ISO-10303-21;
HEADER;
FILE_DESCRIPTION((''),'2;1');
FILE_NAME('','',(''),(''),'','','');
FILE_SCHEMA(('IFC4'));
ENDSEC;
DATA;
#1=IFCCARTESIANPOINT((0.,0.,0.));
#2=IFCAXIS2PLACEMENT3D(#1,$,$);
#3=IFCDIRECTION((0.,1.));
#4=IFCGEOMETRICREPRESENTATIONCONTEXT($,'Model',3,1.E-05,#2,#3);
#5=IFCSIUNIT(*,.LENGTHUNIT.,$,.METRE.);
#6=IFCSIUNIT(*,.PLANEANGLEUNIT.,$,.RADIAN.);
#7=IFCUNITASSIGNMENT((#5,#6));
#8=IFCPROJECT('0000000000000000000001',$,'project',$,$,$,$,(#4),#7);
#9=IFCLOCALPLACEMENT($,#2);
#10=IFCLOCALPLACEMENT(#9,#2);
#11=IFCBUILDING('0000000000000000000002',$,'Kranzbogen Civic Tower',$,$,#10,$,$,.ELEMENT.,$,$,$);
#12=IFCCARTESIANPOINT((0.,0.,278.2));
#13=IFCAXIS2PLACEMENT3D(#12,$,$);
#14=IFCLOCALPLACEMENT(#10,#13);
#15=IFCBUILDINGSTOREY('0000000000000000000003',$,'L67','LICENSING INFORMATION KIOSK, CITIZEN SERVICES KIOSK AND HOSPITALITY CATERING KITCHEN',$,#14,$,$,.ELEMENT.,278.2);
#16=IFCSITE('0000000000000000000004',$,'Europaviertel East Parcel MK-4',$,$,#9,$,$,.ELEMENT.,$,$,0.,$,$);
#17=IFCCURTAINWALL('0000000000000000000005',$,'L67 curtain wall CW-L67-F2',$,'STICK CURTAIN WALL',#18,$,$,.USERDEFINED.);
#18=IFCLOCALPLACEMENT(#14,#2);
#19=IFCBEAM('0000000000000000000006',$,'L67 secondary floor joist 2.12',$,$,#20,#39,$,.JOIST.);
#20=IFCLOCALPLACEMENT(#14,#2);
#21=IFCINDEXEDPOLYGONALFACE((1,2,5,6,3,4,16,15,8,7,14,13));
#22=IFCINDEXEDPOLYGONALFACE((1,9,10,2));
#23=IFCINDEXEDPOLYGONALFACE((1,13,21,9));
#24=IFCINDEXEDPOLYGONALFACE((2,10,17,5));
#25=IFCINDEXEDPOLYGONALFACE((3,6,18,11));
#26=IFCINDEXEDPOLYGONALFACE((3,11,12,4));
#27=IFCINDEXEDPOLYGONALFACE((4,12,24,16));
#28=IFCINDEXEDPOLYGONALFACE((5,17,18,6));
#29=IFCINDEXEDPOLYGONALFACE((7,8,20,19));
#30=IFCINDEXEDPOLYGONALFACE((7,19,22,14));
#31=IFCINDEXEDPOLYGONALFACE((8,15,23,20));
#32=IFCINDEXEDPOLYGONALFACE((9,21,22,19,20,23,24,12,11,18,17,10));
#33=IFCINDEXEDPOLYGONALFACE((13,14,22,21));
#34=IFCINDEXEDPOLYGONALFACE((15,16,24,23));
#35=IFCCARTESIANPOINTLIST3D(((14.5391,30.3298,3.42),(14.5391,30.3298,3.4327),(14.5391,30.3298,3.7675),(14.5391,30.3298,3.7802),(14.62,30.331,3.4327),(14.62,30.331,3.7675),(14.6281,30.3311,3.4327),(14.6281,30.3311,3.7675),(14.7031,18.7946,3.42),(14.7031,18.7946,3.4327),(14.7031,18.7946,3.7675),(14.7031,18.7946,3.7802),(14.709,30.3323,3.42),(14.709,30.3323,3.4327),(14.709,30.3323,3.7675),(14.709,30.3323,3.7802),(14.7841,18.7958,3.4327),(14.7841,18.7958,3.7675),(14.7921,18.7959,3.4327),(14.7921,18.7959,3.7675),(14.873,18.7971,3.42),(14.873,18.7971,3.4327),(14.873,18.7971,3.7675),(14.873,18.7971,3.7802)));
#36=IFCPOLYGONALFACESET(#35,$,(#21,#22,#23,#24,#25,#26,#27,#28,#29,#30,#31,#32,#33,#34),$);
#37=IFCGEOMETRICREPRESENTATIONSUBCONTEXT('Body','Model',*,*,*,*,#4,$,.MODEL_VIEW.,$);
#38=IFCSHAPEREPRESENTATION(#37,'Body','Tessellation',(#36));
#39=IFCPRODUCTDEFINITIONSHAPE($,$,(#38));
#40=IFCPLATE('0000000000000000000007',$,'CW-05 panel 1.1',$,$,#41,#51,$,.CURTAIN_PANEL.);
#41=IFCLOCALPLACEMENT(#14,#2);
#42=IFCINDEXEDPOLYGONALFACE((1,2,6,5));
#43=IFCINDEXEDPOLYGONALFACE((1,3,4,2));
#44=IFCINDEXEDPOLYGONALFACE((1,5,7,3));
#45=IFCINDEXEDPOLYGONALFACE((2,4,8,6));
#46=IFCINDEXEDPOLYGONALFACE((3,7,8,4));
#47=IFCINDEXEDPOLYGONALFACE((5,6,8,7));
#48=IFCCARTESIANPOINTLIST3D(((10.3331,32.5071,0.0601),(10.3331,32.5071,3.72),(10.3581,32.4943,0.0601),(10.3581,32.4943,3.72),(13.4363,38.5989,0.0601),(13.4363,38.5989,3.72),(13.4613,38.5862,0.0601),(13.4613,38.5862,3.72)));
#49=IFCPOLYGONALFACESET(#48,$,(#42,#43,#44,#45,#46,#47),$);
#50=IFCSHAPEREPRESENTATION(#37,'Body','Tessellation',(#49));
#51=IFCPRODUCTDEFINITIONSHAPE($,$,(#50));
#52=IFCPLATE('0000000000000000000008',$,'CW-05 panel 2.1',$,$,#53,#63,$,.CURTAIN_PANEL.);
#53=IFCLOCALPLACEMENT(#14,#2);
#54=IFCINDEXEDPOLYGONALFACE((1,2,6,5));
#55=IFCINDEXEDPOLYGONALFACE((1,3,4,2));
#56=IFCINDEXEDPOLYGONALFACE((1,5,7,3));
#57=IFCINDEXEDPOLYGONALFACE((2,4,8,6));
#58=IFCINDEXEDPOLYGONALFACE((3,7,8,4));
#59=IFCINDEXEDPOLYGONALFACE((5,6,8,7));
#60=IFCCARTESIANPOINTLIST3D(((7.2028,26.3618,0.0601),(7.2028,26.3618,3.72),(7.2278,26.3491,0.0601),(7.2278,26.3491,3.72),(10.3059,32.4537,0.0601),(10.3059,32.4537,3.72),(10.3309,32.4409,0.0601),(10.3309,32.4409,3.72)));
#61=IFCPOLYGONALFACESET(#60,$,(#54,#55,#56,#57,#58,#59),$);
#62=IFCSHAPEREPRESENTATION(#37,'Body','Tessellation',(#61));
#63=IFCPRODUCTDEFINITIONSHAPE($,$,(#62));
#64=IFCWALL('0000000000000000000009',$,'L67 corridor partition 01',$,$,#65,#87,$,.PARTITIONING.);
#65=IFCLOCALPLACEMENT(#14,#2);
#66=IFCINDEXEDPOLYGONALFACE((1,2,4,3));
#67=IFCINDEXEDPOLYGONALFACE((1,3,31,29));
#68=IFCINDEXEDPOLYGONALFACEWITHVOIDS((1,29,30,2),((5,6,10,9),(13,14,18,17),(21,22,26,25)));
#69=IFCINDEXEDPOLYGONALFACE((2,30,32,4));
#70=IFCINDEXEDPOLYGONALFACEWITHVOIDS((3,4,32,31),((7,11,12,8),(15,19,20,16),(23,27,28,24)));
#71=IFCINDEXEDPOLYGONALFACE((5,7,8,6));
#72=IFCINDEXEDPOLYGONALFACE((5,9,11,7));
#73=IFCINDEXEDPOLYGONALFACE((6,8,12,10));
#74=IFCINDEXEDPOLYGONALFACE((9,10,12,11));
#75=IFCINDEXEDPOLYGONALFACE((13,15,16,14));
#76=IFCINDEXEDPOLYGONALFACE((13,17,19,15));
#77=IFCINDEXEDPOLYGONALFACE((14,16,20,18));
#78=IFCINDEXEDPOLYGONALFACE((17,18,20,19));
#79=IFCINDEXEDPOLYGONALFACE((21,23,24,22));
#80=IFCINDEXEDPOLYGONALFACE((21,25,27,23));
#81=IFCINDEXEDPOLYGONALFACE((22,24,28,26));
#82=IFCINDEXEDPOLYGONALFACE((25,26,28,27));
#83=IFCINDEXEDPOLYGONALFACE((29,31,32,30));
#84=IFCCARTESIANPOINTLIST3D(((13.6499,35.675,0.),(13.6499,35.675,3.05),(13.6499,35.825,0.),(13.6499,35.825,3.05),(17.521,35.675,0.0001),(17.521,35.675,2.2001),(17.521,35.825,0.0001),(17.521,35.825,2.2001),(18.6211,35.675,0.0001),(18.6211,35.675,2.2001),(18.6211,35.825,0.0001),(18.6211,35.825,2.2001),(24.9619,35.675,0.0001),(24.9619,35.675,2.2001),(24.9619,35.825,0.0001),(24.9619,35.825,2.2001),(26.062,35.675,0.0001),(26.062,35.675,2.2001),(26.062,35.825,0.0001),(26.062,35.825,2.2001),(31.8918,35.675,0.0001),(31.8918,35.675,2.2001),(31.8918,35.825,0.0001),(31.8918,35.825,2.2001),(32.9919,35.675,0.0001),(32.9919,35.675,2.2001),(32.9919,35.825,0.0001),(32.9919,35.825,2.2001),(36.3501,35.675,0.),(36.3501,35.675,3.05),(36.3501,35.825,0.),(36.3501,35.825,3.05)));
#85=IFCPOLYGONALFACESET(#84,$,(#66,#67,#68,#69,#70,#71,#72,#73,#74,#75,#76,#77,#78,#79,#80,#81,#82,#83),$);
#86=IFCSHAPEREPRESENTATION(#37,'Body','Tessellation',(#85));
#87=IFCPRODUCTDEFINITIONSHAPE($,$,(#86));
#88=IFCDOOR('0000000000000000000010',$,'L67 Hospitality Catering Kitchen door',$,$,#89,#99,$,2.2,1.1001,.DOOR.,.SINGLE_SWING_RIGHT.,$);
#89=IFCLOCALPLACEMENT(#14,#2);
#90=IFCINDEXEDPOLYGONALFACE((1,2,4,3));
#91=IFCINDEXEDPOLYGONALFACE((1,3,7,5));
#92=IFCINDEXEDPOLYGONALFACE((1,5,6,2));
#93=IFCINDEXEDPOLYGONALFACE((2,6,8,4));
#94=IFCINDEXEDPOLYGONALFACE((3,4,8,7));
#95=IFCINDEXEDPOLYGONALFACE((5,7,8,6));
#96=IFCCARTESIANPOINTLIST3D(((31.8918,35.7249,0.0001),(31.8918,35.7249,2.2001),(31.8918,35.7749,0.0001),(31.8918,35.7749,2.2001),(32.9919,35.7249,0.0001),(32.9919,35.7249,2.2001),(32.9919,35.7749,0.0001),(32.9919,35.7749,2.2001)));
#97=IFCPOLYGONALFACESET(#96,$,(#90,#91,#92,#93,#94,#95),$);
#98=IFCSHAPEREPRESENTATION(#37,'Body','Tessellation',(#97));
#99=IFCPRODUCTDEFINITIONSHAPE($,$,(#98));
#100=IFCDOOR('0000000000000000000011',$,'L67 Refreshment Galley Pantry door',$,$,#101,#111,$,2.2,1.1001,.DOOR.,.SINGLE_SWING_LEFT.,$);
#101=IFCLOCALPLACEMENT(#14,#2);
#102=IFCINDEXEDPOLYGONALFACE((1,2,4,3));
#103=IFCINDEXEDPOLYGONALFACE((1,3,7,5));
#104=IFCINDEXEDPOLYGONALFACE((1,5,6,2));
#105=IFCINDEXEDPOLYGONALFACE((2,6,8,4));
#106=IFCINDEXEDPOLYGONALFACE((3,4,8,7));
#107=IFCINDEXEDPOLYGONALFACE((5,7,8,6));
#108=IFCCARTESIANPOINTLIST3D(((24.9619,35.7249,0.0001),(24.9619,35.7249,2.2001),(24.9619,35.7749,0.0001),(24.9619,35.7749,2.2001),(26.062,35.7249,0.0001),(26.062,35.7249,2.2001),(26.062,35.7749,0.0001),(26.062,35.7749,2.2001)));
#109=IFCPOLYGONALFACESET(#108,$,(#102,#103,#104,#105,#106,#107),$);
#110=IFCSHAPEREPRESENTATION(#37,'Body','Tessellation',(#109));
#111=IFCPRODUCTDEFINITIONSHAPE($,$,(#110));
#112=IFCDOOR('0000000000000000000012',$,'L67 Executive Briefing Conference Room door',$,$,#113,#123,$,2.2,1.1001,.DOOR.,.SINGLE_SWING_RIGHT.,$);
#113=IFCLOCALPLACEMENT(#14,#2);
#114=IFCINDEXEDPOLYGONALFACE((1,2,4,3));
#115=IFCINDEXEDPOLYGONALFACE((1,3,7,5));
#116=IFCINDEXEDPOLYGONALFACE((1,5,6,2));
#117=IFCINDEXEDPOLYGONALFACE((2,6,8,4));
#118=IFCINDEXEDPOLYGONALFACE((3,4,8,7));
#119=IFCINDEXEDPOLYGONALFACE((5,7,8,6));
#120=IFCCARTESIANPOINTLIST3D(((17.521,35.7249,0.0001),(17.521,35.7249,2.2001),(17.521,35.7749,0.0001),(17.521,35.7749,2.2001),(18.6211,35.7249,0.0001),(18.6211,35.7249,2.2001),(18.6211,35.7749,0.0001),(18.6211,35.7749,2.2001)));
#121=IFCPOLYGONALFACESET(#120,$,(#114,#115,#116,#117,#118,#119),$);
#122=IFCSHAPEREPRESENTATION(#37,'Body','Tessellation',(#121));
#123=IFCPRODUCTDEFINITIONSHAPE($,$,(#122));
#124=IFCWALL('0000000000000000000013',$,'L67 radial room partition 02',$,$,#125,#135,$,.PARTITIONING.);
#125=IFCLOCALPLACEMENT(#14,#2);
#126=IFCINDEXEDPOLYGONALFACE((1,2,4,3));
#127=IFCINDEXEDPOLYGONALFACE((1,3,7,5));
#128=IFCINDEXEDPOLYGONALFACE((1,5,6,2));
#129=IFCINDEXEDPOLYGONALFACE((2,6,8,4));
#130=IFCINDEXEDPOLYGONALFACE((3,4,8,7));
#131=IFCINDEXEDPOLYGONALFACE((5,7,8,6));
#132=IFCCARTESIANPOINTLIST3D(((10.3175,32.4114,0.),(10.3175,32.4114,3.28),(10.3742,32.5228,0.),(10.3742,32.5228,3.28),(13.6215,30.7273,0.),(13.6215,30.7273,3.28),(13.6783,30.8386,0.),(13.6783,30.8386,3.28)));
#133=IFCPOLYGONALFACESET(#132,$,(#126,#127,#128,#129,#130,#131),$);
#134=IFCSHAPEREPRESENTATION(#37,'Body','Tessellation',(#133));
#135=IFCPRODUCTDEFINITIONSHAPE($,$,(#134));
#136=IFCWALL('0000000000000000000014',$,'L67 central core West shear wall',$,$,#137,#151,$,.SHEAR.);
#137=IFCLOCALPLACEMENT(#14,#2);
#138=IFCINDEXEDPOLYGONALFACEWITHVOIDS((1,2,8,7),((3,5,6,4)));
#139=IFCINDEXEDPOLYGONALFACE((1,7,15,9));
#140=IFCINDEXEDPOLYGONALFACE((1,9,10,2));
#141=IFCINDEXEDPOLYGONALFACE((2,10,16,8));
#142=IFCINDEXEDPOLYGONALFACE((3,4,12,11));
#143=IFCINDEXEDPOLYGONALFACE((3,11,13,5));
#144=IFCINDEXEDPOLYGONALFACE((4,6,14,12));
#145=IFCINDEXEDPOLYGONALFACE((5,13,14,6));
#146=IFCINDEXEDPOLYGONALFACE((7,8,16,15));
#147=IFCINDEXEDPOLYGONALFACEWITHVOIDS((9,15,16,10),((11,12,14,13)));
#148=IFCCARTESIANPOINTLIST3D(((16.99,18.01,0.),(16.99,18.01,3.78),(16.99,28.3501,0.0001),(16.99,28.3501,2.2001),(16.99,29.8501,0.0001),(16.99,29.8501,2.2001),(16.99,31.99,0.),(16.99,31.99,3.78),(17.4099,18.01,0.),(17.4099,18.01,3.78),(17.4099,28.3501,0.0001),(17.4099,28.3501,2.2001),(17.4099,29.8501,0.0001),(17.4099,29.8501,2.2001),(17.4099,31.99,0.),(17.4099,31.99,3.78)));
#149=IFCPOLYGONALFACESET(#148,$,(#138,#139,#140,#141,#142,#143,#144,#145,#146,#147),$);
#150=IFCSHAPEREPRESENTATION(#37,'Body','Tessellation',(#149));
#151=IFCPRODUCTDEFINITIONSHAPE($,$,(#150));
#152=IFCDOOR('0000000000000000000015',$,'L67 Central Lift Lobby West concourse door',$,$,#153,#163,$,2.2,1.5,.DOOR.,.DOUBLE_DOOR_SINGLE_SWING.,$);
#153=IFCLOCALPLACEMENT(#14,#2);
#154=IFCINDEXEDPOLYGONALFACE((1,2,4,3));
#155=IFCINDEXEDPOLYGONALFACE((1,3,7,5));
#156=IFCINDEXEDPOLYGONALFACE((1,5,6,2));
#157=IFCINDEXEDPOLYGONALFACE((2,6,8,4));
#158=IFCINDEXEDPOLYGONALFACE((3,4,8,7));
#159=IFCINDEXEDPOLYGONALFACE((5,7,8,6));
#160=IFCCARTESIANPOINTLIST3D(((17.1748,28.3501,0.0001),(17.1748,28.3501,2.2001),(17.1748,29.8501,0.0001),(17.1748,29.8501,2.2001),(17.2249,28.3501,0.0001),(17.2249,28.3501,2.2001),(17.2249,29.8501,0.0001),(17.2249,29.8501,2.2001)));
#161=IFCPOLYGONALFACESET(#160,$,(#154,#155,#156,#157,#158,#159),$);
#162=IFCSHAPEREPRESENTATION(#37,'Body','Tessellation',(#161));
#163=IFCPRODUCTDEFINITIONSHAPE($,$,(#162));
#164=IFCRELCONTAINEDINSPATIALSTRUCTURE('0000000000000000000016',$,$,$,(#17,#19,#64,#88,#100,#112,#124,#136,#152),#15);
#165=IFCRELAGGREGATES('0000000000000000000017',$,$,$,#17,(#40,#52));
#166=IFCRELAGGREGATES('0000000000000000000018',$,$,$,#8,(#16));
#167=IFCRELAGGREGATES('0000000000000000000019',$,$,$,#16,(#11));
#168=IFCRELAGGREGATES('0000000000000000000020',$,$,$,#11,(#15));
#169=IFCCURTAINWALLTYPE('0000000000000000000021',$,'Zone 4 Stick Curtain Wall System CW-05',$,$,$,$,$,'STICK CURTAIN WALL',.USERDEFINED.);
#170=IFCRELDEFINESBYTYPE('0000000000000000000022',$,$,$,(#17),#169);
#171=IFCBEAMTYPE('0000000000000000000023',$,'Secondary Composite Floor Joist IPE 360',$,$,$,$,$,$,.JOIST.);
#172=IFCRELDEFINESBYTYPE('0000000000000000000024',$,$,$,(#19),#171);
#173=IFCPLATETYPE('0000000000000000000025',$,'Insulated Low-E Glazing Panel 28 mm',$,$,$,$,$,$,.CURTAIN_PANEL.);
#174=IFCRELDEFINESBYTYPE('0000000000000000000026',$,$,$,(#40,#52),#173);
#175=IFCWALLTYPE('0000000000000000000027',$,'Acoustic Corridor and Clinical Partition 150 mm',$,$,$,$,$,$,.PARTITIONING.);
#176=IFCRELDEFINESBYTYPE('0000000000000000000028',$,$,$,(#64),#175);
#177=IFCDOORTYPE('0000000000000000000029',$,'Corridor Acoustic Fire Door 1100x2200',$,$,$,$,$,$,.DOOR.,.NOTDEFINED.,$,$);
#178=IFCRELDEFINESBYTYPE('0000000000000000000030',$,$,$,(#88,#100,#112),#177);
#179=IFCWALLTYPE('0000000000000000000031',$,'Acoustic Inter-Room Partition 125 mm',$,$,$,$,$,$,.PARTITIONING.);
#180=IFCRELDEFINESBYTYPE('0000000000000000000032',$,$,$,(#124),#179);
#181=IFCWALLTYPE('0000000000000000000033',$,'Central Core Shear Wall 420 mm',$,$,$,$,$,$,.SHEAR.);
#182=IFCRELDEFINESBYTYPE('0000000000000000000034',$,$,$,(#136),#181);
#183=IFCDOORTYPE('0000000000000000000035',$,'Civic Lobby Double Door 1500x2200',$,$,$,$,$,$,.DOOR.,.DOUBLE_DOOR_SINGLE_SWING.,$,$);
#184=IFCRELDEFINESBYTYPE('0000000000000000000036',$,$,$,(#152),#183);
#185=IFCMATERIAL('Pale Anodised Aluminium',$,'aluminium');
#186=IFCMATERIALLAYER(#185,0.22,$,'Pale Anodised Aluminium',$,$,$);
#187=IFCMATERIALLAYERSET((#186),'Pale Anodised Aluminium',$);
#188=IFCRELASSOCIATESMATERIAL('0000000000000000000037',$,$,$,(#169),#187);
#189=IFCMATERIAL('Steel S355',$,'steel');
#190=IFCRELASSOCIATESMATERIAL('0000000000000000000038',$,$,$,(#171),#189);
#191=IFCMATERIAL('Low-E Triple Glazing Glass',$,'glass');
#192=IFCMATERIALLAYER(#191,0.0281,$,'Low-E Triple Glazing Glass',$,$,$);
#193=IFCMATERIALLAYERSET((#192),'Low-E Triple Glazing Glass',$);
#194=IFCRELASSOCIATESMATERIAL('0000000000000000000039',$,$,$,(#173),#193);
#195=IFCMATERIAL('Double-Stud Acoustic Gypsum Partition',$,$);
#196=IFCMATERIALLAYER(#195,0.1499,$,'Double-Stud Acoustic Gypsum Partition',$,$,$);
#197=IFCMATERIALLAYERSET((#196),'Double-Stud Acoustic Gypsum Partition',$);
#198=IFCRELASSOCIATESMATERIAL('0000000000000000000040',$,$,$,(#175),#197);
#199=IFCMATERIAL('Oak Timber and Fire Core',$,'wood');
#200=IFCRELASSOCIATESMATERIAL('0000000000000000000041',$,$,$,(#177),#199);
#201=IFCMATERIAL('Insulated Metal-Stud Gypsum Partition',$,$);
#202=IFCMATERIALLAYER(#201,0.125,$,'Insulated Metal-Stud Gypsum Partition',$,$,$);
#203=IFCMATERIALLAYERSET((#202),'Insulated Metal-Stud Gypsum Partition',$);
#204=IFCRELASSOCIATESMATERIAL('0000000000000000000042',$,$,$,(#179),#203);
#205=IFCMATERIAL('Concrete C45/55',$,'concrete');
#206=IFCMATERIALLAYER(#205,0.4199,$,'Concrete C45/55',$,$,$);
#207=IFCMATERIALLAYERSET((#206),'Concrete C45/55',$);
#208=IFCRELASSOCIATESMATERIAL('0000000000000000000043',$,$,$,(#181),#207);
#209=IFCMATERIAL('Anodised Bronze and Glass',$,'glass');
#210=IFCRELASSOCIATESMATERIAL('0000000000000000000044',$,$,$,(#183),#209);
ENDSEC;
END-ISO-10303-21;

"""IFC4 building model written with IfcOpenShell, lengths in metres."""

from ifc_helpers import new_model, si_unit, direction, frame, frame_2d, origin, origin_2d, place, context, subcontext, project, spatial, rectangle, i_section, extrude, material, layer, layer_set, material_profile, profile_set, type_object, element, fill, aggregate, save


model = new_model("IFC4")

# Units and contexts
model_context = context("Model", 3, precision=1e-05, world=origin(), true_north=direction((0.0, 1.0)))
body_context = subcontext(model_context, "Body", "Model", "MODEL_VIEW")
ifc_project = project(units=[si_unit("LENGTHUNIT", "METRE"), si_unit("PLANEANGLEUNIT", "RADIAN")], contexts=[model_context])

# Site, building, storey
site_placement = place(None, origin())
site = spatial("IfcSite", under=ifc_project, at=site_placement, Name="Europaviertel East Parcel MK-4", CompositionType="ELEMENT", RefElevation=0.0)
building_placement = place(site_placement, origin())
building = spatial("IfcBuilding", under=site, at=building_placement, Name="Kranzbogen Civic Tower", CompositionType="ELEMENT")
storey_placement = place(building_placement, frame((0.0, 0.0, 278.2)))
storey = spatial("IfcBuildingStorey", under=building, at=storey_placement, Name="L67", Description="LICENSING INFORMATION KIOSK, CITIZEN SERVICES KIOSK AND HOSPITALITY CATERING KITCHEN", CompositionType="ELEMENT", Elevation=278.2)

# Shared definitions
ifc_material_1 = material(Name="Steel S355", Category="steel")

# Shared definitions
ifc_material_2 = material(Name="Pale Anodised Aluminium", Category="aluminium")
ifc_layer_1 = layer(ifc_material_2, 0.22, Name="Pale Anodised Aluminium")
ifc_layer_set_1 = layer_set([ifc_layer_1], Name="Pale Anodised Aluminium")
curtain_wall_type = type_object("IfcCurtainWallType", Name="Zone 4 Stick Curtain Wall System CW-05", ElementType="STICK CURTAIN WALL", PredefinedType="USERDEFINED", material=ifc_layer_set_1)

# Curtain wall
curtain_wall_1_placement = place(storey_placement, origin())
curtain_wall_1 = element("IfcCurtainWall", 1, at=curtain_wall_1_placement, inside=storey, type_object=curtain_wall_type, Name="L67 curtain wall CW-L67-F2", ObjectType="STICK CURTAIN WALL", PredefinedType="USERDEFINED")

# Beam
ifc_material_profile_1 = material_profile(ifc_material_1, i_section(OverallWidth=0.1699, OverallDepth=0.3601, WebThickness=0.0081, FlangeThickness=0.0127, at=origin_2d()), Name="IPE 360")
ifc_profile_set_1 = profile_set([ifc_material_profile_1], Name="Steel S355")
beam_type_1 = type_object("IfcBeamType", Name="Secondary Composite Floor Joist IPE 360", PredefinedType="JOIST", material=ifc_profile_set_1)
beam_1_placement = place(storey_placement, frame((14.624, 30.3311, 3.6001), z_axis=(0.014221, -0.999899, 0.0), x_axis=(0.999899, 0.014221, 0.0)))
element("IfcBeam", 2, at=beam_1_placement, inside=storey, type_object=beam_type_1, Name="L67 secondary floor joist 2.12", PredefinedType="JOIST", context=body_context, shape_type="SweptSolid", body=[
    extrude(i_section(OverallWidth=0.1699, OverallDepth=0.3601, WebThickness=0.0081, FlangeThickness=0.0127, at=origin_2d()), origin(), (0.0, 0.0, 1.0), 11.5364),
])

# Plates
ifc_material_3 = material(Name="Low-E Triple Glazing Glass", Category="glass")
ifc_layer_2 = layer(ifc_material_3, 0.0281, Name="Low-E Triple Glazing Glass")
ifc_layer_set_2 = layer_set([ifc_layer_2], Name="Low-E Triple Glazing Glass")
plate_type = type_object("IfcPlateType", Name="Insulated Low-E Glazing Panel 28 mm", PredefinedType="CURTAIN_PANEL", material=ifc_layer_set_2)
plate_1_placement = place(storey_placement, frame((11.8972, 35.5466, 0.0601), z_axis=(0.0, 0.0, 1.0), x_axis=(-0.4539, -0.891053, 0.0)))
plate_1 = element("IfcPlate", 3, at=plate_1_placement, type_object=plate_type, Name="CW-05 panel 1.1", PredefinedType="CURTAIN_PANEL", context=body_context, shape_type="SweptSolid", body=[
    extrude(rectangle(XDim=6.8367, YDim=0.0281, at=origin_2d()), origin(), (0.0, 0.0, 1.0), 3.6599),
])
plate_2_placement = place(storey_placement, frame((8.7668, 29.4014, 0.0601), z_axis=(0.0, 0.0, 1.0), x_axis=(-0.4539, -0.891053, 0.0)))
plate_2 = element("IfcPlate", 4, at=plate_2_placement, type_object=plate_type, Name="CW-05 panel 2.1", PredefinedType="CURTAIN_PANEL", context=body_context, shape_type="SweptSolid", body=[
    extrude(rectangle(XDim=6.8367, YDim=0.0281, at=origin_2d()), origin(), (0.0, 0.0, 1.0), 3.6599),
])
aggregate(curtain_wall_1, [plate_1, plate_2])

# Wall, openings, doors
ifc_material_4 = material(Name="Double-Stud Acoustic Gypsum Partition")
ifc_layer_3 = layer(ifc_material_4, 0.1499, Name="Double-Stud Acoustic Gypsum Partition")
ifc_layer_set_3 = layer_set([ifc_layer_3], Name="Double-Stud Acoustic Gypsum Partition")
wall_type_1 = type_object("IfcWallType", Name="Acoustic Corridor and Clinical Partition 150 mm", PredefinedType="PARTITIONING", material=ifc_layer_set_3)
wall_1_placement = place(storey_placement, frame((13.6499, 35.75, 0.0), z_axis=(0.0, 0.0, 1.0), x_axis=(1.0, 0.0, 0.0)))
wall_1 = element("IfcWall", 5, at=wall_1_placement, inside=storey, type_object=wall_type_1, Name="L67 corridor partition 01", PredefinedType="PARTITIONING", context=body_context, shape_type="SweptSolid", body=[
    extrude(rectangle(XDim=22.7002, YDim=0.1499, at=frame_2d((11.3501, 0.0))), origin(), (0.0, 0.0, 1.0), 3.05),
])
opening_1_placement = place(wall_1_placement, frame((18.2419, 0.0, 0.0)))
opening_1 = element("IfcOpeningElement", 6, at=opening_1_placement, cuts=wall_1, PredefinedType="OPENING", context=body_context, shape_type="SweptSolid", body=[
    extrude(rectangle(XDim=1.1001, YDim=2.2, at=frame_2d((0.55, 1.1001))), frame((0.0, 0.085, 0.0), z_axis=(0.0, -1.0, 0.0), x_axis=(1.0, 0.0, 0.0)), (0.0, 0.0, 1.0), 0.1699),
])
opening_2_placement = place(wall_1_placement, frame((11.312, 0.0, 0.0)))
opening_2 = element("IfcOpeningElement", 7, at=opening_2_placement, cuts=wall_1, PredefinedType="OPENING", context=body_context, shape_type="SweptSolid", body=[
    extrude(rectangle(XDim=1.1001, YDim=2.2, at=frame_2d((0.55, 1.1001))), frame((0.0, 0.085, 0.0), z_axis=(0.0, -1.0, 0.0), x_axis=(1.0, 0.0, 0.0)), (0.0, 0.0, 1.0), 0.1699),
])
opening_3_placement = place(wall_1_placement, frame((3.8711, 0.0, 0.0)))
opening_3 = element("IfcOpeningElement", 8, at=opening_3_placement, cuts=wall_1, PredefinedType="OPENING", context=body_context, shape_type="SweptSolid", body=[
    extrude(rectangle(XDim=1.1001, YDim=2.2, at=frame_2d((0.55, 1.1001))), frame((0.0, 0.085, 0.0), z_axis=(0.0, -1.0, 0.0), x_axis=(1.0, 0.0, 0.0)), (0.0, 0.0, 1.0), 0.1699),
])
ifc_material_5 = material(Name="Oak Timber and Fire Core", Category="wood")
door_type_1 = type_object("IfcDoorType", Name="Corridor Acoustic Fire Door 1100x2200", OperationType="NOTDEFINED", PredefinedType="DOOR", material=ifc_material_5)
door_1_placement = place(opening_1_placement, origin())
door_1 = element("IfcDoor", 9, at=door_1_placement, inside=storey, type_object=door_type_1, Name="L67 Hospitality Catering Kitchen door", OperationType="SINGLE_SWING_RIGHT", OverallHeight=2.2, OverallWidth=1.1001, PredefinedType="DOOR", context=body_context, shape_type="SweptSolid", body=[
    extrude(rectangle(XDim=1.1001, YDim=2.2, at=frame_2d((0.55, 1.1001))), frame((0.0, 0.0249, 0.0), z_axis=(0.0, -1.0, 0.0), x_axis=(1.0, 0.0, 0.0)), (0.0, 0.0, 1.0), 0.05),
])
fill(opening_1, door_1)
door_2_placement = place(opening_2_placement, origin())
door_2 = element("IfcDoor", 10, at=door_2_placement, inside=storey, type_object=door_type_1, Name="L67 Refreshment Galley Pantry door", OperationType="SINGLE_SWING_LEFT", OverallHeight=2.2, OverallWidth=1.1001, PredefinedType="DOOR", context=body_context, shape_type="SweptSolid", body=[
    extrude(rectangle(XDim=1.1001, YDim=2.2, at=frame_2d((0.55, 1.1001))), frame((0.0, 0.0249, 0.0), z_axis=(0.0, -1.0, 0.0), x_axis=(1.0, 0.0, 0.0)), (0.0, 0.0, 1.0), 0.05),
])
fill(opening_2, door_2)
door_3_placement = place(opening_3_placement, origin())
door_3 = element("IfcDoor", 11, at=door_3_placement, inside=storey, type_object=door_type_1, Name="L67 Executive Briefing Conference Room door", OperationType="SINGLE_SWING_RIGHT", OverallHeight=2.2, OverallWidth=1.1001, PredefinedType="DOOR", context=body_context, shape_type="SweptSolid", body=[
    extrude(rectangle(XDim=1.1001, YDim=2.2, at=frame_2d((0.55, 1.1001))), frame((0.0, 0.0249, 0.0), z_axis=(0.0, -1.0, 0.0), x_axis=(1.0, 0.0, 0.0)), (0.0, 0.0, 1.0), 0.05),
])
fill(opening_3, door_3)

# Wall
ifc_material_6 = material(Name="Insulated Metal-Stud Gypsum Partition")
ifc_layer_4 = layer(ifc_material_6, 0.125, Name="Insulated Metal-Stud Gypsum Partition")
ifc_layer_set_4 = layer_set([ifc_layer_4], Name="Insulated Metal-Stud Gypsum Partition")
wall_type_2 = type_object("IfcWallType", Name="Acoustic Inter-Room Partition 125 mm", PredefinedType="PARTITIONING", material=ifc_layer_set_4)
wall_2_placement = place(storey_placement, frame((13.6499, 30.783, 0.0), z_axis=(0.0, 0.0, 1.0), x_axis=(-0.890937, 0.454126, 0.0)))
element("IfcWall", 12, at=wall_2_placement, inside=storey, type_object=wall_type_2, Name="L67 radial room partition 02", PredefinedType="PARTITIONING", context=body_context, shape_type="SweptSolid", body=[
    extrude(rectangle(XDim=3.7085, YDim=0.125, at=frame_2d((1.8542, 0.0))), origin(), (0.0, 0.0, 1.0), 3.28),
])

# Wall, opening, door
ifc_material_7 = material(Name="Concrete C45/55", Category="concrete")
ifc_layer_5 = layer(ifc_material_7, 0.4199, Name="Concrete C45/55")
ifc_layer_set_5 = layer_set([ifc_layer_5], Name="Concrete C45/55")
wall_type_3 = type_object("IfcWallType", Name="Central Core Shear Wall 420 mm", PredefinedType="SHEAR", material=ifc_layer_set_5)
wall_3_placement = place(storey_placement, frame((17.2, 31.99, 0.0), z_axis=(0.0, 0.0, 1.0), x_axis=(0.0, -1.0, 0.0)))
wall_3 = element("IfcWall", 13, at=wall_3_placement, inside=storey, type_object=wall_type_3, Name="L67 central core West shear wall", PredefinedType="SHEAR", context=body_context, shape_type="SweptSolid", body=[
    extrude(rectangle(XDim=13.98, YDim=0.4199, at=frame_2d((6.99, 0.0))), origin(), (0.0, 0.0, 1.0), 3.78),
])
opening_4_placement = place(wall_3_placement, frame((2.1399, 0.0, 0.0)))
opening_4 = element("IfcOpeningElement", 14, at=opening_4_placement, cuts=wall_3, PredefinedType="OPENING", context=body_context, shape_type="SweptSolid", body=[
    extrude(rectangle(XDim=1.5, YDim=2.2, at=frame_2d((0.75, 1.1001))), frame((0.0, 0.22, 0.0), z_axis=(0.0, -1.0, 0.0), x_axis=(1.0, 0.0, 0.0)), (0.0, 0.0, 1.0), 0.4399),
])
ifc_material_8 = material(Name="Anodised Bronze and Glass", Category="glass")
door_type_2 = type_object("IfcDoorType", Name="Civic Lobby Double Door 1500x2200", OperationType="DOUBLE_DOOR_SINGLE_SWING", PredefinedType="DOOR", material=ifc_material_8)
door_4_placement = place(opening_4_placement, origin())
door_4 = element("IfcDoor", 15, at=door_4_placement, inside=storey, type_object=door_type_2, Name="L67 Central Lift Lobby West concourse door", OperationType="DOUBLE_DOOR_SINGLE_SWING", OverallHeight=2.2, OverallWidth=1.5, PredefinedType="DOOR", context=body_context, shape_type="SweptSolid", body=[
    extrude(rectangle(XDim=1.5, YDim=2.2, at=frame_2d((0.75, 1.1001))), frame((0.0, 0.0249, 0.0), z_axis=(0.0, -1.0, 0.0), x_axis=(1.0, 0.0, 0.0)), (0.0, 0.0, 1.0), 0.05),
])
fill(opening_4, door_4)

save(model, "model.ifc")
